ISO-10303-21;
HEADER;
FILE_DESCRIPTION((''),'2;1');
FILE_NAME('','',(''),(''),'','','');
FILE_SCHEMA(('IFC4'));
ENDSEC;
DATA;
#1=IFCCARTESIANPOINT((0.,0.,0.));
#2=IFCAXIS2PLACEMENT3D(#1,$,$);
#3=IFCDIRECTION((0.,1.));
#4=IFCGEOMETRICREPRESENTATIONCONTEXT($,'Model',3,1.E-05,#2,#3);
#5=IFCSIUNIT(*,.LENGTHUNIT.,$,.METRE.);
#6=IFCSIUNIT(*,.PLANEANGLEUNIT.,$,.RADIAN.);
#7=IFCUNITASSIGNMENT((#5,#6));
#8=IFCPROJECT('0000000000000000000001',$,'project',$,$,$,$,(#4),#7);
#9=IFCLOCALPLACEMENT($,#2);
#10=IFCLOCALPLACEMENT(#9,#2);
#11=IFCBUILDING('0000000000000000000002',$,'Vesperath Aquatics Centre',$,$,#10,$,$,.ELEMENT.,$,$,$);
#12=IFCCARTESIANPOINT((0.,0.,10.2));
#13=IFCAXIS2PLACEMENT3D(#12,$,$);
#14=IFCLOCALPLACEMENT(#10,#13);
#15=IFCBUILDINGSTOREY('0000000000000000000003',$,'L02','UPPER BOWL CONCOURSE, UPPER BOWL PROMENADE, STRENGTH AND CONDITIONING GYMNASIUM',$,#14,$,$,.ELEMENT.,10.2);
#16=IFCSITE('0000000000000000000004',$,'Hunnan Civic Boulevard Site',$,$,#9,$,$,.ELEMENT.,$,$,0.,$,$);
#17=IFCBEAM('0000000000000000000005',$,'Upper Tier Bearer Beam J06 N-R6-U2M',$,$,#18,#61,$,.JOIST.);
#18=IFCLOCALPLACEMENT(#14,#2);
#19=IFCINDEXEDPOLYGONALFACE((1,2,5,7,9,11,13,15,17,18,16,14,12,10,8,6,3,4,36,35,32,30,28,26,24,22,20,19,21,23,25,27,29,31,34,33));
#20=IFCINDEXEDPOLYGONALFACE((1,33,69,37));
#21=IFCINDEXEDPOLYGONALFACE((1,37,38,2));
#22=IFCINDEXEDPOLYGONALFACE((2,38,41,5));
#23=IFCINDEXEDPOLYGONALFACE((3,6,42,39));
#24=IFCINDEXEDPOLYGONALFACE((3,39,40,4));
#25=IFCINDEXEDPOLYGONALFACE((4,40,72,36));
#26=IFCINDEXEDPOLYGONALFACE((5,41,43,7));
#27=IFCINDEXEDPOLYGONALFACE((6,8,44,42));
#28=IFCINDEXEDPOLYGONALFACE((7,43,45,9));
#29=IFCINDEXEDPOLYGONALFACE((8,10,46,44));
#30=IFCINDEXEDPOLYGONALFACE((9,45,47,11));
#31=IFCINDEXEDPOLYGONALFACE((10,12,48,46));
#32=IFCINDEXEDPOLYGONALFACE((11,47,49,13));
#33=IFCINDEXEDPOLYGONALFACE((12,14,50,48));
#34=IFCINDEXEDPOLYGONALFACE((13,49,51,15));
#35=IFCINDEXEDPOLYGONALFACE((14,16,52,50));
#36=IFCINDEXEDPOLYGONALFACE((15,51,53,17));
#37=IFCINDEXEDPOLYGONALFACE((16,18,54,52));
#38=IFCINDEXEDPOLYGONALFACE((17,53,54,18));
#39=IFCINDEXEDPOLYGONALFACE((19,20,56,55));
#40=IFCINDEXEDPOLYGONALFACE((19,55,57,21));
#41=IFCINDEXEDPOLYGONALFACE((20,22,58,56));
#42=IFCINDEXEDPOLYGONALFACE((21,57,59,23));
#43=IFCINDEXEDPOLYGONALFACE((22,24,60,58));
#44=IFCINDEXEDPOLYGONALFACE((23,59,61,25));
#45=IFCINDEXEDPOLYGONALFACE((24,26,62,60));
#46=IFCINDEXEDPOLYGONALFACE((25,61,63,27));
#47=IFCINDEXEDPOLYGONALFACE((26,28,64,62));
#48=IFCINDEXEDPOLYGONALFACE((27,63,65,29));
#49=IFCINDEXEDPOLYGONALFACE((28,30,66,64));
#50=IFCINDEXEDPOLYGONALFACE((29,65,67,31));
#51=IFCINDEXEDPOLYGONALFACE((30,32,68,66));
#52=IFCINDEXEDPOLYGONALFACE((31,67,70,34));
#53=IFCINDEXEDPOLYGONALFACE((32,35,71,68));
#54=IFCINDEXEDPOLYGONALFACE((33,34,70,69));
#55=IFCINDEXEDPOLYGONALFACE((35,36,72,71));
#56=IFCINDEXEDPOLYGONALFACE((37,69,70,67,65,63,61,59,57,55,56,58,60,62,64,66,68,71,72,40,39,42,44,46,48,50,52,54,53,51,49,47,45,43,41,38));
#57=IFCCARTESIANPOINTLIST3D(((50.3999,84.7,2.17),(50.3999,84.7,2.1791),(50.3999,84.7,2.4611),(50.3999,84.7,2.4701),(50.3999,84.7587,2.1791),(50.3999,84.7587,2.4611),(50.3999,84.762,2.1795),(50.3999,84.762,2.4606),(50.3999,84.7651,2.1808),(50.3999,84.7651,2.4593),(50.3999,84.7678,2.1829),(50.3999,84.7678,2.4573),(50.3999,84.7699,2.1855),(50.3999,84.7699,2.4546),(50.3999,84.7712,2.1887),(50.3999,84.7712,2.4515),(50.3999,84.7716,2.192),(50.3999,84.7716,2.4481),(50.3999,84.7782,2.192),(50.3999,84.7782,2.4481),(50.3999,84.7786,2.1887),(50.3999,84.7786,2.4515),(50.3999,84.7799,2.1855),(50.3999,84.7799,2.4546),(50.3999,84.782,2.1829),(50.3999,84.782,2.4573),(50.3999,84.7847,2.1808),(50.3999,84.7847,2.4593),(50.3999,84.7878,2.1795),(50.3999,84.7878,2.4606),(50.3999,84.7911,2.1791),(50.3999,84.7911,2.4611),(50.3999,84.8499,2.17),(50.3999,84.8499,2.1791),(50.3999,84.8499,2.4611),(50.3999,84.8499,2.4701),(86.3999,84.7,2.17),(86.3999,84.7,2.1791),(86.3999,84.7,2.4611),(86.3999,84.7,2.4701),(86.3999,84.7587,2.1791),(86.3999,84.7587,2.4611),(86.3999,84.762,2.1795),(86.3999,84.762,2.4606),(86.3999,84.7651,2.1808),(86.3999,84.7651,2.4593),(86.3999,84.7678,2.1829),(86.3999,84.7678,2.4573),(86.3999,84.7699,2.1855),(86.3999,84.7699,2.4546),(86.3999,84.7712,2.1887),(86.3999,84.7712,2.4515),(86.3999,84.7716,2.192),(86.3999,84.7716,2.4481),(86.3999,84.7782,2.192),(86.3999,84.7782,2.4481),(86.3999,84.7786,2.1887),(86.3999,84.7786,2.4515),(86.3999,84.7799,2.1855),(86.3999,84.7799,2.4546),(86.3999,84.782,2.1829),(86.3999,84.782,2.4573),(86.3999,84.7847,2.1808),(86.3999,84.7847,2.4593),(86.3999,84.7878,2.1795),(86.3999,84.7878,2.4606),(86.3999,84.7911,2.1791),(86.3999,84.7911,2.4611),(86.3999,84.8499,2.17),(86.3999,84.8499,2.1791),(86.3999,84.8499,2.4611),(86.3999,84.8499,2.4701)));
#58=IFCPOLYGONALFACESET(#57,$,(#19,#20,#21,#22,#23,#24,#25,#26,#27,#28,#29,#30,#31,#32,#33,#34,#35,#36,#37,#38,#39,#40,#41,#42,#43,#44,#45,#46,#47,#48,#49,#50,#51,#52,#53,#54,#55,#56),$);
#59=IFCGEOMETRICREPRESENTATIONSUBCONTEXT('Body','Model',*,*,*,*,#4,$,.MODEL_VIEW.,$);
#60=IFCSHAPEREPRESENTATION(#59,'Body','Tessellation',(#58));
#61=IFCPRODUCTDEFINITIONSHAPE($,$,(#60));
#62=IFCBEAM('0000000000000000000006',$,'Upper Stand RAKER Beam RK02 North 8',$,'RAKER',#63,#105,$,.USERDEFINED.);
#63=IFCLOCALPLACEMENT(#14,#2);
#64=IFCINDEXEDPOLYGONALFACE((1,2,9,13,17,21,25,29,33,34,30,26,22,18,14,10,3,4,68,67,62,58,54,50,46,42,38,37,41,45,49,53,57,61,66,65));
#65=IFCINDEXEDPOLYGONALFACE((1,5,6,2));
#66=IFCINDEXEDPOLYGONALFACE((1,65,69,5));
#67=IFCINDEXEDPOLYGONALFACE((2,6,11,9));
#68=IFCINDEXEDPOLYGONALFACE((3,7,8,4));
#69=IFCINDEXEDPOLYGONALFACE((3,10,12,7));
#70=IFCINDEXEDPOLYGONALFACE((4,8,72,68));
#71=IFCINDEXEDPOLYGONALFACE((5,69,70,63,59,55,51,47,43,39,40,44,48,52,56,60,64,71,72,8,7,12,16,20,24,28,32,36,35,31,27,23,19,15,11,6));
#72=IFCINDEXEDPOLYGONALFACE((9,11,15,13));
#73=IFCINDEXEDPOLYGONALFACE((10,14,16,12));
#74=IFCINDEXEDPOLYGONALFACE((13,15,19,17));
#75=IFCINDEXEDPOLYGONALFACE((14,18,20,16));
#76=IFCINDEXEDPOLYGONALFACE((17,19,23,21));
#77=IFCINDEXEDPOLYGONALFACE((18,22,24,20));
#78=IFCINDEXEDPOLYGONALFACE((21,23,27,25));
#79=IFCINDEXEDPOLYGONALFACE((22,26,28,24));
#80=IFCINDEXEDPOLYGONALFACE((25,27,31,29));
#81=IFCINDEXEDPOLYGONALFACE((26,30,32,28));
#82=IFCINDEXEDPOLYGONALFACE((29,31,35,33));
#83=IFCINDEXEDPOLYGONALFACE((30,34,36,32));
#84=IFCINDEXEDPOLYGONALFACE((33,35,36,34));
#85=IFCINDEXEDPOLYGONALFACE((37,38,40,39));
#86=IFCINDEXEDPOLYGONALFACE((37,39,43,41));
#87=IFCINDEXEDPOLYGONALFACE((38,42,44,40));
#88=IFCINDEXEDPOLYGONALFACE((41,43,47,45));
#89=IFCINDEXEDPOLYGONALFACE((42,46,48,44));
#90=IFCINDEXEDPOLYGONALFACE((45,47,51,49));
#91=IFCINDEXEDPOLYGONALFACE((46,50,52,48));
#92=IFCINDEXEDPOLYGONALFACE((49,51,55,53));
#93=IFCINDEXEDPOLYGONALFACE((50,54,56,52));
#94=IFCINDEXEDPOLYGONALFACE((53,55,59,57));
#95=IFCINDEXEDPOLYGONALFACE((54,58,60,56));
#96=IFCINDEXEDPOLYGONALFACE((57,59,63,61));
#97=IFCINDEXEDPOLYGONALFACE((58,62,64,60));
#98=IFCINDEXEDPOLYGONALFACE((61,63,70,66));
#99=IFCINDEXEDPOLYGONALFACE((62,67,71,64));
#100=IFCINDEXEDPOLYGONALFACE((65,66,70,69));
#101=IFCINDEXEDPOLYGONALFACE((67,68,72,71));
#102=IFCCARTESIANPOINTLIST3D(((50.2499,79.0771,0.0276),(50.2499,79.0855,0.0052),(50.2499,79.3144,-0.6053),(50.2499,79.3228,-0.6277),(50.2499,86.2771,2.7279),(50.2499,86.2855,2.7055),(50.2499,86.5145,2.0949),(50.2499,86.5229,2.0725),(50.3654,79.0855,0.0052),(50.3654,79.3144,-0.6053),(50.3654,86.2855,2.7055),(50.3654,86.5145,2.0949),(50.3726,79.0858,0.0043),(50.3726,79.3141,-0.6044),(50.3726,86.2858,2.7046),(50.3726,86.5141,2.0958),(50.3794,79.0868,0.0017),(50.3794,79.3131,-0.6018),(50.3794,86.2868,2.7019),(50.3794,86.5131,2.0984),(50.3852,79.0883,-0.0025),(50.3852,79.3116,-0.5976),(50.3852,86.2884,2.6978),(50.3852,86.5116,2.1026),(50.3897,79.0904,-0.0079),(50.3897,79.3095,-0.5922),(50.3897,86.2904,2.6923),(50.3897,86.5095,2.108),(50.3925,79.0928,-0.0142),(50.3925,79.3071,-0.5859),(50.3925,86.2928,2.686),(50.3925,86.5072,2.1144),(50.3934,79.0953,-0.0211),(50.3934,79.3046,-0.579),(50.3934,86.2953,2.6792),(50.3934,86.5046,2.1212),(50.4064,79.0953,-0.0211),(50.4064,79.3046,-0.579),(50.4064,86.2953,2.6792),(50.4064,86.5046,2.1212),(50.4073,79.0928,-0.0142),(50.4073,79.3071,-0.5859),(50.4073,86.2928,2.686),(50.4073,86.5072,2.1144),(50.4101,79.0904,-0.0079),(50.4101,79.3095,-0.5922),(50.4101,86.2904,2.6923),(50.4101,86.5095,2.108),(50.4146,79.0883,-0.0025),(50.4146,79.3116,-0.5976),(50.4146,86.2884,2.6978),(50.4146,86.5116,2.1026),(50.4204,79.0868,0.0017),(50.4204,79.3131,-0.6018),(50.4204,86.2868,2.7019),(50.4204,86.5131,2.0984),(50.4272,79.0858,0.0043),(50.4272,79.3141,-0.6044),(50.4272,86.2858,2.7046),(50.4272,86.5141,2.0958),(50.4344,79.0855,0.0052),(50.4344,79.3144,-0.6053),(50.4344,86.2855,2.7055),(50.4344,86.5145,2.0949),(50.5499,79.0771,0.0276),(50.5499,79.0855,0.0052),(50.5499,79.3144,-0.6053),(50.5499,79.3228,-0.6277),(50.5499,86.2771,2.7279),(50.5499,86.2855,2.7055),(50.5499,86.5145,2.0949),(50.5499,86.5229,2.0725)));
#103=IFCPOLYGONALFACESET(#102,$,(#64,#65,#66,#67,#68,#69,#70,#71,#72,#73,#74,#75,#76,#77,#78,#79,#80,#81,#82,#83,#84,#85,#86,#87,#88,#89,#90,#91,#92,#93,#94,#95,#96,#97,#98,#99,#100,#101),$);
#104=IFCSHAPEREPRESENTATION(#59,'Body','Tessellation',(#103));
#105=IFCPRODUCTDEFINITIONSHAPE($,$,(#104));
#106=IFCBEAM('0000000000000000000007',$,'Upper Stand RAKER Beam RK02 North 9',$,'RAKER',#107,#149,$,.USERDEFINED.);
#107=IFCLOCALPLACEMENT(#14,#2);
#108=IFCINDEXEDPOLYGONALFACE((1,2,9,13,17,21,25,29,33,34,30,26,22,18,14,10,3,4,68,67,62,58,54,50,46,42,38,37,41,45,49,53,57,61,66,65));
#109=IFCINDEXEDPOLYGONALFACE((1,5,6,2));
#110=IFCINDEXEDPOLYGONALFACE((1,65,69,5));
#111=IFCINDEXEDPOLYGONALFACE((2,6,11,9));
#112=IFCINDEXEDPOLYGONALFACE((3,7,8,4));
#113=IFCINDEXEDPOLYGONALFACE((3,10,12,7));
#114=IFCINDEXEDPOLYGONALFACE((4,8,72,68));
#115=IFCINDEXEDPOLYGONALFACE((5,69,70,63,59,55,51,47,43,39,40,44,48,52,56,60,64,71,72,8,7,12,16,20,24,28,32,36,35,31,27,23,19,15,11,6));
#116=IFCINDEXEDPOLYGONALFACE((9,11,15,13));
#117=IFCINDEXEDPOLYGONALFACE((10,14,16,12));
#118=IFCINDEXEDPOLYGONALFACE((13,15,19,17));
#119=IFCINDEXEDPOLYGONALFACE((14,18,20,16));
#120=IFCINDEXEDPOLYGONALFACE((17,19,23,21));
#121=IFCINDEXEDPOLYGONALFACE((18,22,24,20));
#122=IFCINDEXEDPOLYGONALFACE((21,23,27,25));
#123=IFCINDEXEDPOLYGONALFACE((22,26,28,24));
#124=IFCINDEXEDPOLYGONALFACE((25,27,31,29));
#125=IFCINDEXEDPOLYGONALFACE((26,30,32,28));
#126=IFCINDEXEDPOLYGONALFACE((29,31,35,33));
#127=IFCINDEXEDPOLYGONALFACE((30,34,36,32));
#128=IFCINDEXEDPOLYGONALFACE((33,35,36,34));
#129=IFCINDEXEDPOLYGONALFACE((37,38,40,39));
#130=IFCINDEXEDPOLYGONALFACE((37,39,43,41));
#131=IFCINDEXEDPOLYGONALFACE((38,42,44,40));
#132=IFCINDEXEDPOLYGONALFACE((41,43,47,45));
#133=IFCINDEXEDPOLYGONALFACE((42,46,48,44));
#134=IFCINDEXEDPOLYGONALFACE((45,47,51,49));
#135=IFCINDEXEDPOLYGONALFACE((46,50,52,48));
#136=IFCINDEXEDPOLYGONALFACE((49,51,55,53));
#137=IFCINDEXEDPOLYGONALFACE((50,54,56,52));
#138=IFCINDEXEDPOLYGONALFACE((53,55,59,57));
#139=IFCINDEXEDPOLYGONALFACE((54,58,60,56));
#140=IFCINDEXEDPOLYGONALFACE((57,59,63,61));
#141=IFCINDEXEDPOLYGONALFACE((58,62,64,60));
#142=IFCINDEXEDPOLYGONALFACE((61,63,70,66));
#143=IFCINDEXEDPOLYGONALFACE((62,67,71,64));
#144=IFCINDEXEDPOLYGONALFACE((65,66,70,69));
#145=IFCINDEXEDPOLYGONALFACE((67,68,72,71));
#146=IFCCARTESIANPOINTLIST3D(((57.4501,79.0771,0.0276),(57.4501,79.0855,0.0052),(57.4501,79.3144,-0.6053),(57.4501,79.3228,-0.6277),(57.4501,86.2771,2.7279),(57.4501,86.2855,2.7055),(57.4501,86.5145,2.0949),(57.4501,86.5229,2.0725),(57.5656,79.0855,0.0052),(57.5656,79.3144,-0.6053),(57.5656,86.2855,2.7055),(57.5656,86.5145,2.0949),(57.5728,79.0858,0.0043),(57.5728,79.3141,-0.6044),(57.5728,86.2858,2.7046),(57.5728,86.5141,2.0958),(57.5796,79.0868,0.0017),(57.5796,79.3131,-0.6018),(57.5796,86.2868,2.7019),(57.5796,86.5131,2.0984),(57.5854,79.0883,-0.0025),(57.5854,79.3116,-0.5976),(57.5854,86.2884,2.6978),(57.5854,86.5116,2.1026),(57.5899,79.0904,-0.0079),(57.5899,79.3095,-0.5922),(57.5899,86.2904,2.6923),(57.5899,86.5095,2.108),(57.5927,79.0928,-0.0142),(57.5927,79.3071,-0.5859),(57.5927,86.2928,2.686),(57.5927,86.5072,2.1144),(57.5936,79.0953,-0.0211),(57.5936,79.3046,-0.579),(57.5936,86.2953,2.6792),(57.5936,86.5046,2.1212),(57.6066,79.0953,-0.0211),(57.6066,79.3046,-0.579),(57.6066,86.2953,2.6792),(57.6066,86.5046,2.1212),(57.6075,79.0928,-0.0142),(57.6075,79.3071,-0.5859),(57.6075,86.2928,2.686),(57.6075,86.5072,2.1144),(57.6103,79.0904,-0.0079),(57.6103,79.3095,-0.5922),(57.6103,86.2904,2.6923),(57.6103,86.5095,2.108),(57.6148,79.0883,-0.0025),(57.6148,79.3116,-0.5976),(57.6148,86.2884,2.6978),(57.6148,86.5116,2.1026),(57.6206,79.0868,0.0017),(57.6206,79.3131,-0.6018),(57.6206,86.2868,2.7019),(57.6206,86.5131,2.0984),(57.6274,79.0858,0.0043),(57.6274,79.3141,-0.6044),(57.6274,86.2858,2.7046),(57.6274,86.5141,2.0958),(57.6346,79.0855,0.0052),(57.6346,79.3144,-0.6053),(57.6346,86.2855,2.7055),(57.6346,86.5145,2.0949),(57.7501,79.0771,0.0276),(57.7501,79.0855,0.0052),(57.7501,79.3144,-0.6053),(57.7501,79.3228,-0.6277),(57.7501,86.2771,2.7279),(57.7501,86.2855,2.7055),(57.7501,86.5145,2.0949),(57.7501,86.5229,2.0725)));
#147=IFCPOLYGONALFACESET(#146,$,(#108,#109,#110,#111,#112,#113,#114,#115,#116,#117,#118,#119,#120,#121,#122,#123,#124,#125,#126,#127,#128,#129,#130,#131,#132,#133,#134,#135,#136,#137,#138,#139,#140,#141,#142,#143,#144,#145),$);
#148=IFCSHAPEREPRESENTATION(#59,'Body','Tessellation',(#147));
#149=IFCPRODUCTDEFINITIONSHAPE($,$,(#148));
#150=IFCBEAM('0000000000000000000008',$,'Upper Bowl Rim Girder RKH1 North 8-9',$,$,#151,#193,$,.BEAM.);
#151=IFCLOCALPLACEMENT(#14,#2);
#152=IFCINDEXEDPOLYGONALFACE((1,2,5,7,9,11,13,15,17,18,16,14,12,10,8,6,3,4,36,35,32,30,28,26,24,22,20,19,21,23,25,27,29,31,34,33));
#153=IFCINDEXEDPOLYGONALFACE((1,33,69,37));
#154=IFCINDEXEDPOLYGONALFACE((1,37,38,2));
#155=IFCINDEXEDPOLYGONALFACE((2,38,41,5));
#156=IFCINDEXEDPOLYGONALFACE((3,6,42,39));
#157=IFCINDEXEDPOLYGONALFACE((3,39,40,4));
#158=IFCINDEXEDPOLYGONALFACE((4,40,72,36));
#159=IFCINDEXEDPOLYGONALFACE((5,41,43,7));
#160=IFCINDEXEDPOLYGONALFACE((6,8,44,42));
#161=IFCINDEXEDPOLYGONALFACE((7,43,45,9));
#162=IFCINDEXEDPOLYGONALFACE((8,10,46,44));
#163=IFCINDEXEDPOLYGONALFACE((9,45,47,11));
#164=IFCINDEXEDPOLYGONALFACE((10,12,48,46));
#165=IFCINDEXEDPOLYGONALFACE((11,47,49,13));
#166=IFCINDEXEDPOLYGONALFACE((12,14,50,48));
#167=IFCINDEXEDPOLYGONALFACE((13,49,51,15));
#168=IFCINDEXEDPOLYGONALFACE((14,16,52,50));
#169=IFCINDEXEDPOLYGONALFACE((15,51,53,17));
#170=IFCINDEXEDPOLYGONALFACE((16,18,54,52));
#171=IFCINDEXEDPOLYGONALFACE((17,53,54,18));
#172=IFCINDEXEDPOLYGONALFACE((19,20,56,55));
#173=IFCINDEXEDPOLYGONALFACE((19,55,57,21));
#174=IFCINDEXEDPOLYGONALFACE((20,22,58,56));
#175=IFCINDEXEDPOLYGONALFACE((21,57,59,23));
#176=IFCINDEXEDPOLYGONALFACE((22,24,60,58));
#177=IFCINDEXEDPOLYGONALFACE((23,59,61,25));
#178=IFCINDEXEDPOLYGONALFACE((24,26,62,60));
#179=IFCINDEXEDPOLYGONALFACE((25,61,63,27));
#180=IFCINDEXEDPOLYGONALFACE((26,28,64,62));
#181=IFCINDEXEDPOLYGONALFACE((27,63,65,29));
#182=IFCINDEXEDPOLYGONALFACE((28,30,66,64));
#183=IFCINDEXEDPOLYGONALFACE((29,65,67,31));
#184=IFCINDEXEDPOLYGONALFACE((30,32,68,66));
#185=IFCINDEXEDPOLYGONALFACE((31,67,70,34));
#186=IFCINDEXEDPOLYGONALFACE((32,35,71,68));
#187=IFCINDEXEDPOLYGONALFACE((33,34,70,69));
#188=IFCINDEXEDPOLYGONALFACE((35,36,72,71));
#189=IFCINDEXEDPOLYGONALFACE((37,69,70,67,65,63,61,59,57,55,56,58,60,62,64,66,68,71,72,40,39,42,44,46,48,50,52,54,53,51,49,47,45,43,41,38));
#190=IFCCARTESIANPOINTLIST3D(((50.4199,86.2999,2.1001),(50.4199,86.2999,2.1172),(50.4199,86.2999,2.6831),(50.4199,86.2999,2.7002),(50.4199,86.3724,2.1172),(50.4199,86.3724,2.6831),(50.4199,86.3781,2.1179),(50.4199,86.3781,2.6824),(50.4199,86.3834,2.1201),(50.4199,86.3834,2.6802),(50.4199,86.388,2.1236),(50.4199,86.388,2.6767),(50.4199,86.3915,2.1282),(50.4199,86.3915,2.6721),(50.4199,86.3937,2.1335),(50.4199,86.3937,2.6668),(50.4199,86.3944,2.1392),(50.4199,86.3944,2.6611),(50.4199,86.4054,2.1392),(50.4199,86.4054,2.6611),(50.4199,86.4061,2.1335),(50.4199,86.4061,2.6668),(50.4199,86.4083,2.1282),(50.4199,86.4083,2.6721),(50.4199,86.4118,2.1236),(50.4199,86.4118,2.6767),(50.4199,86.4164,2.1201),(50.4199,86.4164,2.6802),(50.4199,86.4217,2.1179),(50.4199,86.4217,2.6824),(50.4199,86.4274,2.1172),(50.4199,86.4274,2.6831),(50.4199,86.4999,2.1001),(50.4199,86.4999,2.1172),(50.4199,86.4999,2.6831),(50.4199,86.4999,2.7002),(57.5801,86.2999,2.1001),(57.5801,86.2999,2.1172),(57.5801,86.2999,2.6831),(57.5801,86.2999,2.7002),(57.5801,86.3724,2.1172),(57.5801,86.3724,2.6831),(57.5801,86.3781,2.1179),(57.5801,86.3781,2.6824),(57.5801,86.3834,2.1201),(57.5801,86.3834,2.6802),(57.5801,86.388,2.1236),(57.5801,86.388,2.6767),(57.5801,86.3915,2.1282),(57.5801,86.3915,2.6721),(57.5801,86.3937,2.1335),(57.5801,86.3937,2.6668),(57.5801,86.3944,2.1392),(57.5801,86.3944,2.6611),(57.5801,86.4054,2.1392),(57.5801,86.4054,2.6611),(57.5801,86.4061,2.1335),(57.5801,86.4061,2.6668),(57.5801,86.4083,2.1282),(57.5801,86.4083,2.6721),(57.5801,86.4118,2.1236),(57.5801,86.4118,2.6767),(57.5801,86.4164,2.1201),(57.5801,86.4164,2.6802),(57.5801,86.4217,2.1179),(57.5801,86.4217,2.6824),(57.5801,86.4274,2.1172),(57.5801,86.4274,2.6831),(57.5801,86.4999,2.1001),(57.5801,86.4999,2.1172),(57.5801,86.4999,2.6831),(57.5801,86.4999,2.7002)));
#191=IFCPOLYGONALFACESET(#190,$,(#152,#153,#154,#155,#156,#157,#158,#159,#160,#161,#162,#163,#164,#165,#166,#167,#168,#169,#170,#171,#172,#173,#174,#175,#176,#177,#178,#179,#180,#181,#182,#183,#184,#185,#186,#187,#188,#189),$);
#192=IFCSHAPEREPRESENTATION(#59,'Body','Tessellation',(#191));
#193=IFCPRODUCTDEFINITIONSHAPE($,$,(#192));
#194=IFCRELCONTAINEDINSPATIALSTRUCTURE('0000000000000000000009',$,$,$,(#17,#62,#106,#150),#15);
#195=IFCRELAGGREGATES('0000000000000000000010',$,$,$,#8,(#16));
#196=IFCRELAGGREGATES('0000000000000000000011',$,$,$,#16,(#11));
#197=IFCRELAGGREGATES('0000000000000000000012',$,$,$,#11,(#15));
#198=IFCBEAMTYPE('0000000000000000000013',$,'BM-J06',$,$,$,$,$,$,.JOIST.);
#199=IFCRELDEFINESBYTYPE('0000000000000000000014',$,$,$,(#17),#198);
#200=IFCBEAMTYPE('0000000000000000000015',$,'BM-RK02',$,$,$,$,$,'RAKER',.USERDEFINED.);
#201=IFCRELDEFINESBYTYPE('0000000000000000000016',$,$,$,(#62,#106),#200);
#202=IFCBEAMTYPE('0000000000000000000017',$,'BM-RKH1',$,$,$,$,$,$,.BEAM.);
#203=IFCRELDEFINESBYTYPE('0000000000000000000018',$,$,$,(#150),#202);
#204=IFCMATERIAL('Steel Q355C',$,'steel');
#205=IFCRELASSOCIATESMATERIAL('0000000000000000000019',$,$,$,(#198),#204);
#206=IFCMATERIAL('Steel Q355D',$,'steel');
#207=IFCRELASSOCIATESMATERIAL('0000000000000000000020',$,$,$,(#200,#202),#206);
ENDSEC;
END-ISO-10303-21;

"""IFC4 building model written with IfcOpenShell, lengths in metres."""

from ifc_helpers import new_model, si_unit, direction, frame, origin, origin_2d, place, context, subcontext, project, spatial, i_section, extrude, material, material_profile, profile_set, type_object, element, save


model = new_model("IFC4")

# Units and contexts
model_context = context("Model", 3, precision=1e-05, world=origin(), true_north=direction((0.0, 1.0)))
body_context = subcontext(model_context, "Body", "Model", "MODEL_VIEW")
ifc_project = project(units=[si_unit("LENGTHUNIT", "METRE"), si_unit("PLANEANGLEUNIT", "RADIAN")], contexts=[model_context])

# Site, building, storey
site_placement = place(None, origin())
site = spatial("IfcSite", under=ifc_project, at=site_placement, Name="Hunnan Civic Boulevard Site", CompositionType="ELEMENT", RefElevation=0.0)
building_placement = place(site_placement, origin())
building = spatial("IfcBuilding", under=site, at=building_placement, Name="Vesperath Aquatics Centre", CompositionType="ELEMENT")
storey_placement = place(building_placement, frame((0.0, 0.0, 10.2)))
storey = spatial("IfcBuildingStorey", under=building, at=storey_placement, Name="L02", Description="UPPER BOWL CONCOURSE, UPPER BOWL PROMENADE, STRENGTH AND CONDITIONING GYMNASIUM", CompositionType="ELEMENT", Elevation=10.2)

# Shared definitions
ifc_material_1 = material(Name="Steel Q355D", Category="steel")

# Beams
ifc_material_2 = material(Name="Steel Q355C", Category="steel")
ifc_material_profile_1 = material_profile(ifc_material_2, i_section(OverallWidth=0.1499, OverallDepth=0.3, WebThickness=0.0066, FlangeThickness=0.009, FilletRadius=0.0129, at=origin_2d()), Name="HN 300x150x6.5x9")
ifc_profile_set_1 = profile_set([ifc_material_profile_1], Name="Steel Q355C")
beam_type_1 = type_object("IfcBeamType", Name="BM-J06", PredefinedType="JOIST", material=ifc_profile_set_1)
for number, where, z_axis, x_axis, name in (
    (1, (50.3999, 84.7749, 2.3201), (1.0, 0.0, 0.0), (0.0, 1.0, 0.0), "Upper Tier Bearer Beam J06 N-R6-U2M"),
):
    element("IfcBeam", number, at=place(storey_placement, frame(where, z_axis=z_axis, x_axis=x_axis)), inside=storey, type_object=beam_type_1, Name=name, PredefinedType="JOIST", context=body_context, shape_type="SweptSolid", body=[
        extrude(i_section(OverallWidth=0.1499, OverallDepth=0.3, WebThickness=0.0066, FlangeThickness=0.009, FilletRadius=0.0129, at=origin_2d()), origin(), (0.0, 0.0, 1.0), 36.0),
    ])
ifc_material_profile_2 = material_profile(ifc_material_1, i_section(OverallWidth=0.3, OverallDepth=0.7, WebThickness=0.0129, FlangeThickness=0.0239, FilletRadius=0.0281, at=origin_2d()), Name="HN 700x300x13x24")
ifc_profile_set_2 = profile_set([ifc_material_profile_2], Name="Steel Q355D")
beam_type_2 = type_object("IfcBeamType", Name="BM-RK02", ElementType="RAKER", PredefinedType="USERDEFINED", material=ifc_profile_set_2)
for number, where, z_axis, x_axis, name in (
    (2, (50.3999, 79.2, -0.3), (0.0, 0.93632, 0.351148), (-1.0, 0.0, 0.0), "Upper Stand RAKER Beam RK02 North 8"),
    (3, (57.6001, 79.2, -0.3), (0.0, 0.93632, 0.351148), (-1.0, 0.0, 0.0), "Upper Stand RAKER Beam RK02 North 9"),
):
    element("IfcBeam", number, at=place(storey_placement, frame(where, z_axis=z_axis, x_axis=x_axis)), inside=storey, type_object=beam_type_2, Name=name, ObjectType="RAKER", PredefinedType="USERDEFINED", context=body_context, shape_type="SweptSolid", body=[
        extrude(i_section(OverallWidth=0.3, OverallDepth=0.7, WebThickness=0.0129, FlangeThickness=0.0239, FilletRadius=0.0281, at=origin_2d()), origin(), (0.0, 0.0, 1.0), 7.6897),
    ])
ifc_material_profile_3 = material_profile(ifc_material_1, i_section(OverallWidth=0.2, OverallDepth=0.6001, WebThickness=0.011, FlangeThickness=0.0171, FilletRadius=0.022, at=origin_2d()), Name="HN 600x200x11x17")
ifc_profile_set_3 = profile_set([ifc_material_profile_3], Name="Steel Q355D")
beam_type_3 = type_object("IfcBeamType", Name="BM-RKH1", PredefinedType="BEAM", material=ifc_profile_set_3)
beam_1_placement = place(storey_placement, frame((50.4199, 86.3999, 2.4001), z_axis=(1.0, 0.0, 0.0), x_axis=(0.0, 1.0, 0.0)))
element("IfcBeam", 4, at=beam_1_placement, inside=storey, type_object=beam_type_3, Name="Upper Bowl Rim Girder RKH1 North 8-9", PredefinedType="BEAM", context=body_context, shape_type="SweptSolid", body=[
    extrude(i_section(OverallWidth=0.2, OverallDepth=0.6001, WebThickness=0.011, FlangeThickness=0.0171, FilletRadius=0.022, at=origin_2d()), origin(), (0.0, 0.0, 1.0), 7.1602),
])

save(model, "model.ifc")
